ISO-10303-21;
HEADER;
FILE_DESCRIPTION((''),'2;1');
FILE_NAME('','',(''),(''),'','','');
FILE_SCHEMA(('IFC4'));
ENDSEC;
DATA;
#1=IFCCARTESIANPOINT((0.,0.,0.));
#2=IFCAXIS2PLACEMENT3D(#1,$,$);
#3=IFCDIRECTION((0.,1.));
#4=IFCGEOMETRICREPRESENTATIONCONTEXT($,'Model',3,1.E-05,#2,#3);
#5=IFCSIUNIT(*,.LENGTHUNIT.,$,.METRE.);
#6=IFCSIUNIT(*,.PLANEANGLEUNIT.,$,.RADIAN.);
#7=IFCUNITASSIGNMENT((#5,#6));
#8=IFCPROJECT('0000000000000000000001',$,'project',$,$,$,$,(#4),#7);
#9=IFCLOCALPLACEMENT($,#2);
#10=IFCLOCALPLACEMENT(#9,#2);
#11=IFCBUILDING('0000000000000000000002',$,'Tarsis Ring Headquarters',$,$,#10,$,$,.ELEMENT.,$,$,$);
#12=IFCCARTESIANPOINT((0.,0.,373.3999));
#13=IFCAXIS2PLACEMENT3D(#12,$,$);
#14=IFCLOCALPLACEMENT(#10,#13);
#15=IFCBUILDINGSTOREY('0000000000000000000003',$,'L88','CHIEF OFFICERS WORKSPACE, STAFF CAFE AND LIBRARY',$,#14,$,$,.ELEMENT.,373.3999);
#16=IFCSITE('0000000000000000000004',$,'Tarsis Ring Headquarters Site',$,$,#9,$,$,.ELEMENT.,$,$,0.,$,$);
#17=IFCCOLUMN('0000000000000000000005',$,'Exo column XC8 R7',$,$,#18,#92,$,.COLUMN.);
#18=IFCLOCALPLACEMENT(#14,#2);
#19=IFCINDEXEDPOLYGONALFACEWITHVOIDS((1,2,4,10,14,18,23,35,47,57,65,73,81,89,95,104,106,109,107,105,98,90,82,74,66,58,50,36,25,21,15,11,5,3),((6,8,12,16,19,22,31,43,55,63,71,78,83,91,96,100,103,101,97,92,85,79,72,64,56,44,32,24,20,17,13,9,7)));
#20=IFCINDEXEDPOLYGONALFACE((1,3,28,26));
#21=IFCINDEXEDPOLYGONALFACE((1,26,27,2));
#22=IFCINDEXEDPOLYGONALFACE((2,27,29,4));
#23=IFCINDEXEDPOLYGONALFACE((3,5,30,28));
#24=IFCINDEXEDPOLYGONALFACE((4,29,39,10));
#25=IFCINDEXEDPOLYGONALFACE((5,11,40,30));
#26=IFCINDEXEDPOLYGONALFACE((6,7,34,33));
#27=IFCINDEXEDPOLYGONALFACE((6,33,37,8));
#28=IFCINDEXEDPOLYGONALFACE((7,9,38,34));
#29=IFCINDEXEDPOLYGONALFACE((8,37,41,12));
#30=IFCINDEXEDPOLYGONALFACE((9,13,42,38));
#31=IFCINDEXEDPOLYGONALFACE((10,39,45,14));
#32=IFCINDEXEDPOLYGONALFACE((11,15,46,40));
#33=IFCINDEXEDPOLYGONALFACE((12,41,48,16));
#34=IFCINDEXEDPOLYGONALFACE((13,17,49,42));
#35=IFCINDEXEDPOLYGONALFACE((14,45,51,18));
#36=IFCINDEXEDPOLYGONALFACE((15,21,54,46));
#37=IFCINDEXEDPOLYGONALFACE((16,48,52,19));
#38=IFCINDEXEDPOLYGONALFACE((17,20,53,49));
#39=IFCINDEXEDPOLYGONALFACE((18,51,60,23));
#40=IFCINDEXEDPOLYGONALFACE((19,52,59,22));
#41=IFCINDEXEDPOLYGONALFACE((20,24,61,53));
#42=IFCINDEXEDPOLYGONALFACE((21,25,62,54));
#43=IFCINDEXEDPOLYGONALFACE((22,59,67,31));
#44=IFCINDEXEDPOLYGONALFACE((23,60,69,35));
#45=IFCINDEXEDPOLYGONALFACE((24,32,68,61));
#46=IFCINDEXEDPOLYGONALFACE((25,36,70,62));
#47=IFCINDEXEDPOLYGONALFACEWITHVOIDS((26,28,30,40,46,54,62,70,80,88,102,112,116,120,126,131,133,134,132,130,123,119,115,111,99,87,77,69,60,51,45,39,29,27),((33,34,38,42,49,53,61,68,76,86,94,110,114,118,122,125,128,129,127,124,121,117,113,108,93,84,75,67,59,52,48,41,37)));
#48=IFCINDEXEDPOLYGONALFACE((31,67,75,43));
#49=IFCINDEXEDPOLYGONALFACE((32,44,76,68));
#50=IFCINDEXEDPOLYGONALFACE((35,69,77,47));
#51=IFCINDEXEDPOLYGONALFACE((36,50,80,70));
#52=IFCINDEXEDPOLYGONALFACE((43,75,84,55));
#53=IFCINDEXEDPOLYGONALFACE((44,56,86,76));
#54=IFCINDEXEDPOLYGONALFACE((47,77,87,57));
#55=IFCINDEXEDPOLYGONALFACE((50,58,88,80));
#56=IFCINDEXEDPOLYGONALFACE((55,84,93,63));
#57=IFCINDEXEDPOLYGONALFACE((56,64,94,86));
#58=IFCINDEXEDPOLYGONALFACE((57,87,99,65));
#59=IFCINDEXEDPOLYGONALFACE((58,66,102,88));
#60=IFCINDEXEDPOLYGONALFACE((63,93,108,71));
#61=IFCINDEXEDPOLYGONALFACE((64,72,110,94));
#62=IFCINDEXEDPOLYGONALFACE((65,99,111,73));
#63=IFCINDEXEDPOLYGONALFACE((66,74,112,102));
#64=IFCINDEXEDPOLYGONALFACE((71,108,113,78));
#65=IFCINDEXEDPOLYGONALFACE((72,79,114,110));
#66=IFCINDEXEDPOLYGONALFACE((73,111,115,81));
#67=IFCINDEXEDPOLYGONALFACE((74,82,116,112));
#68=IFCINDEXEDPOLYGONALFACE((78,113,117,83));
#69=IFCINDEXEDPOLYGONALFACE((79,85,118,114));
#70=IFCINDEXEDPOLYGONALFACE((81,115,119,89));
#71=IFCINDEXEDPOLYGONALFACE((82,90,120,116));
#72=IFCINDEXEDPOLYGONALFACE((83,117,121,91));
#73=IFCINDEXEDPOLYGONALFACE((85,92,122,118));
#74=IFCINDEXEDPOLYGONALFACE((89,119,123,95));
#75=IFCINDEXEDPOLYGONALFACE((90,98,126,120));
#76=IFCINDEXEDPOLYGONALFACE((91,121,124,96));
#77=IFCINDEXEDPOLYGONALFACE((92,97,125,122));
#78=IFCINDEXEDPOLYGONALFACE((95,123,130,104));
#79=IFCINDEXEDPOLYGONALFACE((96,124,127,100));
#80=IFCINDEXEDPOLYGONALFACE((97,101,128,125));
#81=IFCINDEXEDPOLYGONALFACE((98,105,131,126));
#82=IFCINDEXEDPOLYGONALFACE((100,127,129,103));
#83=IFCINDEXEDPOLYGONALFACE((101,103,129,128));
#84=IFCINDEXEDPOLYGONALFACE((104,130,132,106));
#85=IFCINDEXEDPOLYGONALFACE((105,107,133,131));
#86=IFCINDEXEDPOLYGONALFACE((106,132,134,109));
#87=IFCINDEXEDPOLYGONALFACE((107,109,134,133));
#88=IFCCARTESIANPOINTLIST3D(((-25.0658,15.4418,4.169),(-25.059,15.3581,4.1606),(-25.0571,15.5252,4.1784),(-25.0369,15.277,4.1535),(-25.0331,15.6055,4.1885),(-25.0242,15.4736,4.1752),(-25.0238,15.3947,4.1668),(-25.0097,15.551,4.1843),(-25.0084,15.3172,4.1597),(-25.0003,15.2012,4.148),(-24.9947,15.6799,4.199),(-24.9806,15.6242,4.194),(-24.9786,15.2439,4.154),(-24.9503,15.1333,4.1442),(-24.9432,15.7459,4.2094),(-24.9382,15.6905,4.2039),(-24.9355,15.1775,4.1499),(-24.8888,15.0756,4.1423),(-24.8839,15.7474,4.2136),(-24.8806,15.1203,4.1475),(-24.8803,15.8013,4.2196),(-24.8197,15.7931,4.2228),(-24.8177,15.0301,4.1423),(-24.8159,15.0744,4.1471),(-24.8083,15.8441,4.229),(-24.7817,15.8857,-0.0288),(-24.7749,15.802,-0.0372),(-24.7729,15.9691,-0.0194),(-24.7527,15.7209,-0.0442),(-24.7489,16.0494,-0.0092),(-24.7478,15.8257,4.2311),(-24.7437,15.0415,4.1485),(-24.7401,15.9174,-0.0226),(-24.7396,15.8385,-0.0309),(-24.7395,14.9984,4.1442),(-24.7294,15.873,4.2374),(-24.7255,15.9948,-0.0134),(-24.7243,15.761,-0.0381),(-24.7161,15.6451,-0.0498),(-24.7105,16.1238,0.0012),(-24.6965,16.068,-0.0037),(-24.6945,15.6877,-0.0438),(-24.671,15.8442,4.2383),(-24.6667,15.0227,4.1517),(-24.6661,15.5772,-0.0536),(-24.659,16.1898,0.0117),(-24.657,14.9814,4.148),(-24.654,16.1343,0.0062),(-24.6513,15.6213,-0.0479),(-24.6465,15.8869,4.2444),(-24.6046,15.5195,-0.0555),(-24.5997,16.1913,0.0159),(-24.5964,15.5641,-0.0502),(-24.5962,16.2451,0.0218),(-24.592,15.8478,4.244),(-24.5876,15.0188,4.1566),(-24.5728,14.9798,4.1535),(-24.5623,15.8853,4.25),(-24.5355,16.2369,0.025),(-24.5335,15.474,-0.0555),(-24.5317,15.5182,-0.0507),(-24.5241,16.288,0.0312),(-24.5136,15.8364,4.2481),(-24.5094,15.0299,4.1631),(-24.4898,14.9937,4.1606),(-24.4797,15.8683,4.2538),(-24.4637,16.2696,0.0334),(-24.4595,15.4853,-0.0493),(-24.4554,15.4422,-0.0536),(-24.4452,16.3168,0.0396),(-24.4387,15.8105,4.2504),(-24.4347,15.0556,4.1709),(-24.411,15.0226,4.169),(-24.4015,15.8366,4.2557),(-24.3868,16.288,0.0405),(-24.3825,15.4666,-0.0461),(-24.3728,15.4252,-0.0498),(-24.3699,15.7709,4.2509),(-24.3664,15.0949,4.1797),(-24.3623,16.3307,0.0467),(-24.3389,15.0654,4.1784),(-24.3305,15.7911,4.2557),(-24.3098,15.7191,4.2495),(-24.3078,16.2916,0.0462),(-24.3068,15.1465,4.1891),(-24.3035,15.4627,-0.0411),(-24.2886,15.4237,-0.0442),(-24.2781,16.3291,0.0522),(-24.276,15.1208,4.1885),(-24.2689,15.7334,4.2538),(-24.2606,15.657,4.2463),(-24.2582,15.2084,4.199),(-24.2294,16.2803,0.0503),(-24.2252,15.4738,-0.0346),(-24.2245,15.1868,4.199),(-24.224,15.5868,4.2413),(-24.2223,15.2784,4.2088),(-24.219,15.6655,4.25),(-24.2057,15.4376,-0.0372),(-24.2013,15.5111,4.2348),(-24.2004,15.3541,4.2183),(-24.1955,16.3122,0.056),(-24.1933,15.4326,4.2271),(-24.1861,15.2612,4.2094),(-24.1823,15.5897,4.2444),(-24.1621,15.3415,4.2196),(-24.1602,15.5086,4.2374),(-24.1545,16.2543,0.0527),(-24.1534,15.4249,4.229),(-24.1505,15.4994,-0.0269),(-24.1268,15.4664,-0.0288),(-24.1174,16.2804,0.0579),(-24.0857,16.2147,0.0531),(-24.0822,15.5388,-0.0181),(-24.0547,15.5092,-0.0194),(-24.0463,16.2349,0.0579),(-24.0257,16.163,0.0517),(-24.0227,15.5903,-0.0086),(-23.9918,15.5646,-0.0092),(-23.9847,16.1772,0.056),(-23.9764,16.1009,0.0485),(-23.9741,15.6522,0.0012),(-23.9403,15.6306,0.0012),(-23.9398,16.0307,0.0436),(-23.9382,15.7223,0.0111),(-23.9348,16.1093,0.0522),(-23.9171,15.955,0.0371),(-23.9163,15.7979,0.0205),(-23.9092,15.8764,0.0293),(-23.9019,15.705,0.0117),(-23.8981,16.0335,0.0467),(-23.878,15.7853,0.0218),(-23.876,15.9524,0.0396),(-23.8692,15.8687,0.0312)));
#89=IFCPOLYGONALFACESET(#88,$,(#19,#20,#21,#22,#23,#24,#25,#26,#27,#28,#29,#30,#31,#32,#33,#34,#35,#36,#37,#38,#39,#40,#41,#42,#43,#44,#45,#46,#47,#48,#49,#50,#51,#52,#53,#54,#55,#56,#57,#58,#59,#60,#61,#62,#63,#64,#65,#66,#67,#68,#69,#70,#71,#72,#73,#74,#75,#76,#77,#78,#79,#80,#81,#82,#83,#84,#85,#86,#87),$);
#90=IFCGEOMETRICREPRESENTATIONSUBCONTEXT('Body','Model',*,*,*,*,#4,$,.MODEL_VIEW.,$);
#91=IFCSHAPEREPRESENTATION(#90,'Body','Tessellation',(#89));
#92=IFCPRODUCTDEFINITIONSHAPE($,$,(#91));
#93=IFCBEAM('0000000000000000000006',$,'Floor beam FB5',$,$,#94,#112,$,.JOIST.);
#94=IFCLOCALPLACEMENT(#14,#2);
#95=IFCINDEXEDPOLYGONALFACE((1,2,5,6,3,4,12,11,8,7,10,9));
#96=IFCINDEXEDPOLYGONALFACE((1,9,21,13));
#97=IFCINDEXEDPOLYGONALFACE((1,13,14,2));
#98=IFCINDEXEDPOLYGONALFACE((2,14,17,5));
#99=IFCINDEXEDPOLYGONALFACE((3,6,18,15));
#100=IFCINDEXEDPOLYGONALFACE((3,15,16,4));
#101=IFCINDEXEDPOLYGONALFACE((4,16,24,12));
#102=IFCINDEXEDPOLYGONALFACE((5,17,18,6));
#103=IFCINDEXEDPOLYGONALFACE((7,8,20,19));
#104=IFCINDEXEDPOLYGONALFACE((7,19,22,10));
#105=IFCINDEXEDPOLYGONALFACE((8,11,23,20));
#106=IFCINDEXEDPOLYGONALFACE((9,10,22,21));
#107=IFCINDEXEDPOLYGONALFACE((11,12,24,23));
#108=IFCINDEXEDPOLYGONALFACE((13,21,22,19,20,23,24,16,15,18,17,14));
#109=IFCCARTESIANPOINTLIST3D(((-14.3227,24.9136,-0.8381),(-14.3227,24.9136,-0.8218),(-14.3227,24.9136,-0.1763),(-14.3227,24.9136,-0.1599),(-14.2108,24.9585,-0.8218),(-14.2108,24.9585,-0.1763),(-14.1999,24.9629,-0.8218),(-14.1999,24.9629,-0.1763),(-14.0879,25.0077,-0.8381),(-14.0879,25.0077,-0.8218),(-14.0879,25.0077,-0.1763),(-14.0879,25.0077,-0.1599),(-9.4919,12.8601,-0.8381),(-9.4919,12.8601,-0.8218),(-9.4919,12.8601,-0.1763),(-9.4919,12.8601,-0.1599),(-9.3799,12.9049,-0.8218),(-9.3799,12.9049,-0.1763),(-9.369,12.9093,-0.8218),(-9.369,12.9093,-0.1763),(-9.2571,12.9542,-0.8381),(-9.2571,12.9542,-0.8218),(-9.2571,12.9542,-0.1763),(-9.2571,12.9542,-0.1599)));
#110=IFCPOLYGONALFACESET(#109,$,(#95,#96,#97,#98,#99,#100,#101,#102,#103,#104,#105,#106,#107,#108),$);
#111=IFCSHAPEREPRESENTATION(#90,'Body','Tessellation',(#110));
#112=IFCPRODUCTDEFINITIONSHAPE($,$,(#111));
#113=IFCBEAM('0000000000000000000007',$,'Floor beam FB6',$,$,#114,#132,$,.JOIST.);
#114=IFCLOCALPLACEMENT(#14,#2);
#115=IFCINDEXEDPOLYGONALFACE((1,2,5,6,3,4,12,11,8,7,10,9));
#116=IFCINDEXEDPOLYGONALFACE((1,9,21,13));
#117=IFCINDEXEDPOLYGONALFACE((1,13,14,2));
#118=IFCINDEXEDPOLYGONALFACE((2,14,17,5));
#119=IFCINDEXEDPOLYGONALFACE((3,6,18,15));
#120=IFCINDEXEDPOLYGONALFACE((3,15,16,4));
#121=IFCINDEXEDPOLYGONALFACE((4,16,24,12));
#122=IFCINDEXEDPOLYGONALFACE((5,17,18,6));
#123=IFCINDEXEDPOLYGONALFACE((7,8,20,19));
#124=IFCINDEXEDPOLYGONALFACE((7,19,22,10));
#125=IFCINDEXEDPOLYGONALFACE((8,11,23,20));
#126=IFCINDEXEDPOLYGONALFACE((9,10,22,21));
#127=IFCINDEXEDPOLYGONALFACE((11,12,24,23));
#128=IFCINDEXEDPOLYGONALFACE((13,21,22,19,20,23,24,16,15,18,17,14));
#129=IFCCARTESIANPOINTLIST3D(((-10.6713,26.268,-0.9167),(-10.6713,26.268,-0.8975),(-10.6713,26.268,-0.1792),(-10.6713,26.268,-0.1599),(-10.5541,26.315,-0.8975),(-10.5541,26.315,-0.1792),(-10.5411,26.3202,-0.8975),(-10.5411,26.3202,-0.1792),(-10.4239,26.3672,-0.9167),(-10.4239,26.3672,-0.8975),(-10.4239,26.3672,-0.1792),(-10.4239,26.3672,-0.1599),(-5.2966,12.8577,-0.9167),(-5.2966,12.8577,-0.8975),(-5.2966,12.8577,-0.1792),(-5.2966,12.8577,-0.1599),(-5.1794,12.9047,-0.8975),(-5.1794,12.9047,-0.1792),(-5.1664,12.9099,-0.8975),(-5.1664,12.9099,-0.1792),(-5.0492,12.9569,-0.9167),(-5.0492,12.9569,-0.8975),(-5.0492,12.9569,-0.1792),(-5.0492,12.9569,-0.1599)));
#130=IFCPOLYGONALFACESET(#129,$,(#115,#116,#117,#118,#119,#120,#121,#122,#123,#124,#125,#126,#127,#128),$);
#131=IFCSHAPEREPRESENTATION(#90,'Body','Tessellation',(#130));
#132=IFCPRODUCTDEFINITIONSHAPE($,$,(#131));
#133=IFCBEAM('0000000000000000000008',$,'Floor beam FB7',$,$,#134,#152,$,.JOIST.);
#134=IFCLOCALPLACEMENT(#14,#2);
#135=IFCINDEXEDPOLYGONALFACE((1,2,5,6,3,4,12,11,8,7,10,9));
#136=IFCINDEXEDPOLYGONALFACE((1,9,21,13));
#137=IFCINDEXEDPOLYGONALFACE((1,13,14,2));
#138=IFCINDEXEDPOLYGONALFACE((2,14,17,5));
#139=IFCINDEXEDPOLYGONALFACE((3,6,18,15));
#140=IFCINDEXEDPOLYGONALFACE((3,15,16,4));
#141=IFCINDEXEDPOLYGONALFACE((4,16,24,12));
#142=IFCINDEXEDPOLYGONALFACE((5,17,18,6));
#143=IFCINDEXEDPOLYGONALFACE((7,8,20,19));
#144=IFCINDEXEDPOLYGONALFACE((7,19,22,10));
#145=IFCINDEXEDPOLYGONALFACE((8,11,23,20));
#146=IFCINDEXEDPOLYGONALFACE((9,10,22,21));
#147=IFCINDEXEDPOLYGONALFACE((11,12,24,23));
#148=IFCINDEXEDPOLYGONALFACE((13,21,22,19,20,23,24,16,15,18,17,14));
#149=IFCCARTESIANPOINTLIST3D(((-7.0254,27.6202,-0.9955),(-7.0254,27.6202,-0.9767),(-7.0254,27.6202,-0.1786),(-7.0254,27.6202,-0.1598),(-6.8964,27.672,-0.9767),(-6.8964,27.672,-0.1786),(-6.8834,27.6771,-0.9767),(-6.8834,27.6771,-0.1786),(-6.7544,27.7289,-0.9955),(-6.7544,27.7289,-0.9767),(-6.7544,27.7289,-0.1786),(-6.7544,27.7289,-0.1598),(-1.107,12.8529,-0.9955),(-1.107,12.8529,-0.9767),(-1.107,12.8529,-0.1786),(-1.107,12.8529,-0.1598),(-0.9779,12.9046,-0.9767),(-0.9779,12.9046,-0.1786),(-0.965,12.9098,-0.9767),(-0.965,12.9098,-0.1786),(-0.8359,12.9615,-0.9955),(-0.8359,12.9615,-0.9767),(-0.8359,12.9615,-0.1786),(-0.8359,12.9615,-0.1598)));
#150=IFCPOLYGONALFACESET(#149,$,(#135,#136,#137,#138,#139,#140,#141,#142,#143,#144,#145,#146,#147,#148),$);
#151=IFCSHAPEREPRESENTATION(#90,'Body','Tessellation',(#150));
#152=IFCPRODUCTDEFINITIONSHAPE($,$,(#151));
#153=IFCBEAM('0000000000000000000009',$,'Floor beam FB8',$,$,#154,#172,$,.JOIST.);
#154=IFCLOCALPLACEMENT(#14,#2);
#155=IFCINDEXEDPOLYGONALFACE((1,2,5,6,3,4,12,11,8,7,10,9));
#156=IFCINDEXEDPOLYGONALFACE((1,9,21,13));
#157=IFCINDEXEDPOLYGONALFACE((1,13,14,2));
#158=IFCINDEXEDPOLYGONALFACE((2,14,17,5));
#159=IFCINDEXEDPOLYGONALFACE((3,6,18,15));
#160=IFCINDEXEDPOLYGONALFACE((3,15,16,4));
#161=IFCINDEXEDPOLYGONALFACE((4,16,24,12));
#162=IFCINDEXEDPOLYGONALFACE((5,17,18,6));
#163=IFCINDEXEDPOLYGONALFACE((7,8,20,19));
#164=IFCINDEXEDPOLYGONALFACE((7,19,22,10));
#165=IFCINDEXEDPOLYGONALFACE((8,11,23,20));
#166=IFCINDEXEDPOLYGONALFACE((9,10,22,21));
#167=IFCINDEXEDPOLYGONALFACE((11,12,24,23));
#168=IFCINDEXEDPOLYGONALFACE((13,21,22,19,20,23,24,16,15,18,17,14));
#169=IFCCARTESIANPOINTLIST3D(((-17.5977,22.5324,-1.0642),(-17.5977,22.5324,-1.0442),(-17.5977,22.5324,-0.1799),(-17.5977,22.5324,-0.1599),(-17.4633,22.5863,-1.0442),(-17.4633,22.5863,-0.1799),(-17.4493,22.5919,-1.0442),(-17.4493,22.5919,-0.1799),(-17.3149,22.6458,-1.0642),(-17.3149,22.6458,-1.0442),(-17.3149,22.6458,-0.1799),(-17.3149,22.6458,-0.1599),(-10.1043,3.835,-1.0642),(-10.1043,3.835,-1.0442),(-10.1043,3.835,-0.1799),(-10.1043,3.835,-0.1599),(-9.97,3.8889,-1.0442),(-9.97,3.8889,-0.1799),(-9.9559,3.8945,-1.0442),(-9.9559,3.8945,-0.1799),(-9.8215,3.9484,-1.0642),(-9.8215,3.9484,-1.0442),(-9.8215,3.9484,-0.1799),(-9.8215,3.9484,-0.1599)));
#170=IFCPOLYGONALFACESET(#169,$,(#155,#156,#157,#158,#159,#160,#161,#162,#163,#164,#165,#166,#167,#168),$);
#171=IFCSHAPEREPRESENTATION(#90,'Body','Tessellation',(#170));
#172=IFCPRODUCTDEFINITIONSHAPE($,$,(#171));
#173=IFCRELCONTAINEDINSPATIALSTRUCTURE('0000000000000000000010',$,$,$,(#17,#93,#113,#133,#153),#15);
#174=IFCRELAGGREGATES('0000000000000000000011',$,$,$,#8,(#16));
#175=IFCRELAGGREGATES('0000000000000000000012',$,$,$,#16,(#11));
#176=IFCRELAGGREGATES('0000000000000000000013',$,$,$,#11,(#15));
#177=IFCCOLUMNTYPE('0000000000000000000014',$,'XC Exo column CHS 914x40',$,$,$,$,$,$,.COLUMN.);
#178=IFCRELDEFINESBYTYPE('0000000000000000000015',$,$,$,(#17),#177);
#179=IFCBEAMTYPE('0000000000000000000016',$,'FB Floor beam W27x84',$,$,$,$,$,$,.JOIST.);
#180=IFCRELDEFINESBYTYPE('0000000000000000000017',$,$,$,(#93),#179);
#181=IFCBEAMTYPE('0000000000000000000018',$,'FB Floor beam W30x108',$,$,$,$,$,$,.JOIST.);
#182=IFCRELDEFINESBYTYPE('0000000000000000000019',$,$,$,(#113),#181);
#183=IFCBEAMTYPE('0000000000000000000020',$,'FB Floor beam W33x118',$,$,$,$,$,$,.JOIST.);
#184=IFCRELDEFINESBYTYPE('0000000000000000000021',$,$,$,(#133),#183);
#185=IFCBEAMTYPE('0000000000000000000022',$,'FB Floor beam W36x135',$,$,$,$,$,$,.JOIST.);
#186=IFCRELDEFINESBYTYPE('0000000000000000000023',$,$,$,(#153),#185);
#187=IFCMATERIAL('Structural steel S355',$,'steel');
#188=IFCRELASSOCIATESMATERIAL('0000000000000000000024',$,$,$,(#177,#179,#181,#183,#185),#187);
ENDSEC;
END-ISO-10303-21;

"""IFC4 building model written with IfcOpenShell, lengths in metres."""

from ifc_helpers import new_model, si_unit, direction, frame, origin, origin_2d, place, context, subcontext, project, spatial, hollow_circle, i_section, extrude, material, material_profile, profile_set, type_object, element, save


model = new_model("IFC4")

# Units and contexts
model_context = context("Model", 3, precision=1e-05, world=origin(), true_north=direction((0.0, 1.0)))
body_context = subcontext(model_context, "Body", "Model", "MODEL_VIEW")
ifc_project = project(units=[si_unit("LENGTHUNIT", "METRE"), si_unit("PLANEANGLEUNIT", "RADIAN")], contexts=[model_context])

# Site, building, storey
site_placement = place(None, origin())
site = spatial("IfcSite", under=ifc_project, at=site_placement, Name="Tarsis Ring Headquarters Site", CompositionType="ELEMENT", RefElevation=0.0)
building_placement = place(site_placement, origin())
building = spatial("IfcBuilding", under=site, at=building_placement, Name="Tarsis Ring Headquarters", CompositionType="ELEMENT")
storey_placement = place(building_placement, frame((0.0, 0.0, 373.3999)))
storey = spatial("IfcBuildingStorey", under=building, at=storey_placement, Name="L88", Description="CHIEF OFFICERS WORKSPACE, STAFF CAFE AND LIBRARY", CompositionType="ELEMENT", Elevation=373.3999)

# Column
ifc_material_1 = material(Name="Structural steel S355", Category="steel")
ifc_material_profile_1 = material_profile(ifc_material_1, hollow_circle(Radius=0.457, WallThickness=0.04, at=origin_2d()), Name="CHS 914x40")
ifc_profile_set_1 = profile_set([ifc_material_profile_1], Name="Structural steel S355")
column_type = type_object("IfcColumnType", Name="XC Exo column CHS 914x40", PredefinedType="COLUMN", material=ifc_profile_set_1)
for number, where, z_axis, x_axis, name in (
    (1, (-24.3254, 15.8772, 0.0012), (-0.067171, -0.104911, 0.992211), (0.84217, -0.539211, 0.0), "Exo column XC8 R7"),
):
    element("IfcColumn", number, at=place(storey_placement, frame(where, z_axis=z_axis, x_axis=x_axis)), inside=storey, type_object=column_type, Name=name, PredefinedType="COLUMN", context=body_context, shape_type="SweptSolid", body=[
        extrude(hollow_circle(Radius=0.4573, WallThickness=0.04, at=origin_2d()), origin(), (0.0, 0.0, 1.0), 4.2307),
    ])

# Beams
ifc_material_profile_2 = material_profile(ifc_material_1, i_section(OverallWidth=0.2529, OverallDepth=0.6782, WebThickness=0.0117, FlangeThickness=0.0164, at=origin_2d()), Name="W27x84")
ifc_profile_set_2 = profile_set([ifc_material_profile_2], Name="Structural steel S355")
beam_type_1 = type_object("IfcBeamType", Name="FB Floor beam W27x84", PredefinedType="JOIST", material=ifc_profile_set_2)
beam_1_placement = place(storey_placement, frame((-14.2053, 24.9607, -0.499), z_axis=(0.372016, -0.928226, 0.0), x_axis=(0.928226, 0.372016, 0.0)))
element("IfcBeam", 2, at=beam_1_placement, inside=storey, type_object=beam_type_1, Name="Floor beam FB5", PredefinedType="JOIST", context=body_context, shape_type="SweptSolid", body=[
    extrude(i_section(OverallWidth=0.2529, OverallDepth=0.6782, WebThickness=0.0117, FlangeThickness=0.0164, at=origin_2d()), origin(), (0.0, 0.0, 1.0), 12.9856),
])
ifc_material_profile_3 = material_profile(ifc_material_1, i_section(OverallWidth=0.2666, OverallDepth=0.7568, WebThickness=0.0139, FlangeThickness=0.0193, at=origin_2d()), Name="W30x108")
ifc_profile_set_3 = profile_set([ifc_material_profile_3], Name="Structural steel S355")
beam_type_2 = type_object("IfcBeamType", Name="FB Floor beam W30x108", PredefinedType="JOIST", material=ifc_profile_set_3)
beam_2_placement = place(storey_placement, frame((-10.5476, 26.3176, -0.5383), z_axis=(0.372023, -0.928224, 0.0), x_axis=(0.928224, 0.372023, 0.0)))
element("IfcBeam", 3, at=beam_2_placement, inside=storey, type_object=beam_type_2, Name="Floor beam FB6", PredefinedType="JOIST", context=body_context, shape_type="SweptSolid", body=[
    extrude(i_section(OverallWidth=0.2666, OverallDepth=0.7568, WebThickness=0.0139, FlangeThickness=0.0193, at=origin_2d()), origin(), (0.0, 0.0, 1.0), 14.4473),
])
ifc_material_profile_4 = material_profile(ifc_material_1, i_section(OverallWidth=0.292, OverallDepth=0.8357, WebThickness=0.0139, FlangeThickness=0.0188, at=origin_2d()), Name="W33x118")
ifc_profile_set_4 = profile_set([ifc_material_profile_4], Name="Structural steel S355")
beam_type_3 = type_object("IfcBeamType", Name="FB Floor beam W33x118", PredefinedType="JOIST", material=ifc_profile_set_4)
beam_3_placement = place(storey_placement, frame((-6.8899, 27.6746, -0.5776), z_axis=(0.372015, -0.928227, 0.0), x_axis=(0.928227, 0.372015, 0.0)))
element("IfcBeam", 4, at=beam_3_placement, inside=storey, type_object=beam_type_3, Name="Floor beam FB7", PredefinedType="JOIST", context=body_context, shape_type="SweptSolid", body=[
    extrude(i_section(OverallWidth=0.292, OverallDepth=0.8357, WebThickness=0.0139, FlangeThickness=0.0188, at=origin_2d()), origin(), (0.0, 0.0, 1.0), 15.9092),
])
ifc_material_profile_5 = material_profile(ifc_material_1, i_section(OverallWidth=0.3047, OverallDepth=0.9043, WebThickness=0.0151, FlangeThickness=0.02, at=origin_2d()), Name="W36x135")
ifc_profile_set_5 = profile_set([ifc_material_profile_5], Name="Structural steel S355")
beam_type_4 = type_object("IfcBeamType", Name="FB Floor beam W36x135", PredefinedType="JOIST", material=ifc_profile_set_5)
beam_4_placement = place(storey_placement, frame((-17.4563, 22.5891, -0.6121), z_axis=(0.372007, -0.92823, 0.0), x_axis=(0.92823, 0.372007, 0.0)))
element("IfcBeam", 5, at=beam_4_placement, inside=storey, type_object=beam_type_4, Name="Floor beam FB8", PredefinedType="JOIST", context=body_context, shape_type="SweptSolid", body=[
    extrude(i_section(OverallWidth=0.3047, OverallDepth=0.9043, WebThickness=0.0151, FlangeThickness=0.02, at=origin_2d()), origin(), (0.0, 0.0, 1.0), 20.1431),
])

save(model, "model.ifc")
